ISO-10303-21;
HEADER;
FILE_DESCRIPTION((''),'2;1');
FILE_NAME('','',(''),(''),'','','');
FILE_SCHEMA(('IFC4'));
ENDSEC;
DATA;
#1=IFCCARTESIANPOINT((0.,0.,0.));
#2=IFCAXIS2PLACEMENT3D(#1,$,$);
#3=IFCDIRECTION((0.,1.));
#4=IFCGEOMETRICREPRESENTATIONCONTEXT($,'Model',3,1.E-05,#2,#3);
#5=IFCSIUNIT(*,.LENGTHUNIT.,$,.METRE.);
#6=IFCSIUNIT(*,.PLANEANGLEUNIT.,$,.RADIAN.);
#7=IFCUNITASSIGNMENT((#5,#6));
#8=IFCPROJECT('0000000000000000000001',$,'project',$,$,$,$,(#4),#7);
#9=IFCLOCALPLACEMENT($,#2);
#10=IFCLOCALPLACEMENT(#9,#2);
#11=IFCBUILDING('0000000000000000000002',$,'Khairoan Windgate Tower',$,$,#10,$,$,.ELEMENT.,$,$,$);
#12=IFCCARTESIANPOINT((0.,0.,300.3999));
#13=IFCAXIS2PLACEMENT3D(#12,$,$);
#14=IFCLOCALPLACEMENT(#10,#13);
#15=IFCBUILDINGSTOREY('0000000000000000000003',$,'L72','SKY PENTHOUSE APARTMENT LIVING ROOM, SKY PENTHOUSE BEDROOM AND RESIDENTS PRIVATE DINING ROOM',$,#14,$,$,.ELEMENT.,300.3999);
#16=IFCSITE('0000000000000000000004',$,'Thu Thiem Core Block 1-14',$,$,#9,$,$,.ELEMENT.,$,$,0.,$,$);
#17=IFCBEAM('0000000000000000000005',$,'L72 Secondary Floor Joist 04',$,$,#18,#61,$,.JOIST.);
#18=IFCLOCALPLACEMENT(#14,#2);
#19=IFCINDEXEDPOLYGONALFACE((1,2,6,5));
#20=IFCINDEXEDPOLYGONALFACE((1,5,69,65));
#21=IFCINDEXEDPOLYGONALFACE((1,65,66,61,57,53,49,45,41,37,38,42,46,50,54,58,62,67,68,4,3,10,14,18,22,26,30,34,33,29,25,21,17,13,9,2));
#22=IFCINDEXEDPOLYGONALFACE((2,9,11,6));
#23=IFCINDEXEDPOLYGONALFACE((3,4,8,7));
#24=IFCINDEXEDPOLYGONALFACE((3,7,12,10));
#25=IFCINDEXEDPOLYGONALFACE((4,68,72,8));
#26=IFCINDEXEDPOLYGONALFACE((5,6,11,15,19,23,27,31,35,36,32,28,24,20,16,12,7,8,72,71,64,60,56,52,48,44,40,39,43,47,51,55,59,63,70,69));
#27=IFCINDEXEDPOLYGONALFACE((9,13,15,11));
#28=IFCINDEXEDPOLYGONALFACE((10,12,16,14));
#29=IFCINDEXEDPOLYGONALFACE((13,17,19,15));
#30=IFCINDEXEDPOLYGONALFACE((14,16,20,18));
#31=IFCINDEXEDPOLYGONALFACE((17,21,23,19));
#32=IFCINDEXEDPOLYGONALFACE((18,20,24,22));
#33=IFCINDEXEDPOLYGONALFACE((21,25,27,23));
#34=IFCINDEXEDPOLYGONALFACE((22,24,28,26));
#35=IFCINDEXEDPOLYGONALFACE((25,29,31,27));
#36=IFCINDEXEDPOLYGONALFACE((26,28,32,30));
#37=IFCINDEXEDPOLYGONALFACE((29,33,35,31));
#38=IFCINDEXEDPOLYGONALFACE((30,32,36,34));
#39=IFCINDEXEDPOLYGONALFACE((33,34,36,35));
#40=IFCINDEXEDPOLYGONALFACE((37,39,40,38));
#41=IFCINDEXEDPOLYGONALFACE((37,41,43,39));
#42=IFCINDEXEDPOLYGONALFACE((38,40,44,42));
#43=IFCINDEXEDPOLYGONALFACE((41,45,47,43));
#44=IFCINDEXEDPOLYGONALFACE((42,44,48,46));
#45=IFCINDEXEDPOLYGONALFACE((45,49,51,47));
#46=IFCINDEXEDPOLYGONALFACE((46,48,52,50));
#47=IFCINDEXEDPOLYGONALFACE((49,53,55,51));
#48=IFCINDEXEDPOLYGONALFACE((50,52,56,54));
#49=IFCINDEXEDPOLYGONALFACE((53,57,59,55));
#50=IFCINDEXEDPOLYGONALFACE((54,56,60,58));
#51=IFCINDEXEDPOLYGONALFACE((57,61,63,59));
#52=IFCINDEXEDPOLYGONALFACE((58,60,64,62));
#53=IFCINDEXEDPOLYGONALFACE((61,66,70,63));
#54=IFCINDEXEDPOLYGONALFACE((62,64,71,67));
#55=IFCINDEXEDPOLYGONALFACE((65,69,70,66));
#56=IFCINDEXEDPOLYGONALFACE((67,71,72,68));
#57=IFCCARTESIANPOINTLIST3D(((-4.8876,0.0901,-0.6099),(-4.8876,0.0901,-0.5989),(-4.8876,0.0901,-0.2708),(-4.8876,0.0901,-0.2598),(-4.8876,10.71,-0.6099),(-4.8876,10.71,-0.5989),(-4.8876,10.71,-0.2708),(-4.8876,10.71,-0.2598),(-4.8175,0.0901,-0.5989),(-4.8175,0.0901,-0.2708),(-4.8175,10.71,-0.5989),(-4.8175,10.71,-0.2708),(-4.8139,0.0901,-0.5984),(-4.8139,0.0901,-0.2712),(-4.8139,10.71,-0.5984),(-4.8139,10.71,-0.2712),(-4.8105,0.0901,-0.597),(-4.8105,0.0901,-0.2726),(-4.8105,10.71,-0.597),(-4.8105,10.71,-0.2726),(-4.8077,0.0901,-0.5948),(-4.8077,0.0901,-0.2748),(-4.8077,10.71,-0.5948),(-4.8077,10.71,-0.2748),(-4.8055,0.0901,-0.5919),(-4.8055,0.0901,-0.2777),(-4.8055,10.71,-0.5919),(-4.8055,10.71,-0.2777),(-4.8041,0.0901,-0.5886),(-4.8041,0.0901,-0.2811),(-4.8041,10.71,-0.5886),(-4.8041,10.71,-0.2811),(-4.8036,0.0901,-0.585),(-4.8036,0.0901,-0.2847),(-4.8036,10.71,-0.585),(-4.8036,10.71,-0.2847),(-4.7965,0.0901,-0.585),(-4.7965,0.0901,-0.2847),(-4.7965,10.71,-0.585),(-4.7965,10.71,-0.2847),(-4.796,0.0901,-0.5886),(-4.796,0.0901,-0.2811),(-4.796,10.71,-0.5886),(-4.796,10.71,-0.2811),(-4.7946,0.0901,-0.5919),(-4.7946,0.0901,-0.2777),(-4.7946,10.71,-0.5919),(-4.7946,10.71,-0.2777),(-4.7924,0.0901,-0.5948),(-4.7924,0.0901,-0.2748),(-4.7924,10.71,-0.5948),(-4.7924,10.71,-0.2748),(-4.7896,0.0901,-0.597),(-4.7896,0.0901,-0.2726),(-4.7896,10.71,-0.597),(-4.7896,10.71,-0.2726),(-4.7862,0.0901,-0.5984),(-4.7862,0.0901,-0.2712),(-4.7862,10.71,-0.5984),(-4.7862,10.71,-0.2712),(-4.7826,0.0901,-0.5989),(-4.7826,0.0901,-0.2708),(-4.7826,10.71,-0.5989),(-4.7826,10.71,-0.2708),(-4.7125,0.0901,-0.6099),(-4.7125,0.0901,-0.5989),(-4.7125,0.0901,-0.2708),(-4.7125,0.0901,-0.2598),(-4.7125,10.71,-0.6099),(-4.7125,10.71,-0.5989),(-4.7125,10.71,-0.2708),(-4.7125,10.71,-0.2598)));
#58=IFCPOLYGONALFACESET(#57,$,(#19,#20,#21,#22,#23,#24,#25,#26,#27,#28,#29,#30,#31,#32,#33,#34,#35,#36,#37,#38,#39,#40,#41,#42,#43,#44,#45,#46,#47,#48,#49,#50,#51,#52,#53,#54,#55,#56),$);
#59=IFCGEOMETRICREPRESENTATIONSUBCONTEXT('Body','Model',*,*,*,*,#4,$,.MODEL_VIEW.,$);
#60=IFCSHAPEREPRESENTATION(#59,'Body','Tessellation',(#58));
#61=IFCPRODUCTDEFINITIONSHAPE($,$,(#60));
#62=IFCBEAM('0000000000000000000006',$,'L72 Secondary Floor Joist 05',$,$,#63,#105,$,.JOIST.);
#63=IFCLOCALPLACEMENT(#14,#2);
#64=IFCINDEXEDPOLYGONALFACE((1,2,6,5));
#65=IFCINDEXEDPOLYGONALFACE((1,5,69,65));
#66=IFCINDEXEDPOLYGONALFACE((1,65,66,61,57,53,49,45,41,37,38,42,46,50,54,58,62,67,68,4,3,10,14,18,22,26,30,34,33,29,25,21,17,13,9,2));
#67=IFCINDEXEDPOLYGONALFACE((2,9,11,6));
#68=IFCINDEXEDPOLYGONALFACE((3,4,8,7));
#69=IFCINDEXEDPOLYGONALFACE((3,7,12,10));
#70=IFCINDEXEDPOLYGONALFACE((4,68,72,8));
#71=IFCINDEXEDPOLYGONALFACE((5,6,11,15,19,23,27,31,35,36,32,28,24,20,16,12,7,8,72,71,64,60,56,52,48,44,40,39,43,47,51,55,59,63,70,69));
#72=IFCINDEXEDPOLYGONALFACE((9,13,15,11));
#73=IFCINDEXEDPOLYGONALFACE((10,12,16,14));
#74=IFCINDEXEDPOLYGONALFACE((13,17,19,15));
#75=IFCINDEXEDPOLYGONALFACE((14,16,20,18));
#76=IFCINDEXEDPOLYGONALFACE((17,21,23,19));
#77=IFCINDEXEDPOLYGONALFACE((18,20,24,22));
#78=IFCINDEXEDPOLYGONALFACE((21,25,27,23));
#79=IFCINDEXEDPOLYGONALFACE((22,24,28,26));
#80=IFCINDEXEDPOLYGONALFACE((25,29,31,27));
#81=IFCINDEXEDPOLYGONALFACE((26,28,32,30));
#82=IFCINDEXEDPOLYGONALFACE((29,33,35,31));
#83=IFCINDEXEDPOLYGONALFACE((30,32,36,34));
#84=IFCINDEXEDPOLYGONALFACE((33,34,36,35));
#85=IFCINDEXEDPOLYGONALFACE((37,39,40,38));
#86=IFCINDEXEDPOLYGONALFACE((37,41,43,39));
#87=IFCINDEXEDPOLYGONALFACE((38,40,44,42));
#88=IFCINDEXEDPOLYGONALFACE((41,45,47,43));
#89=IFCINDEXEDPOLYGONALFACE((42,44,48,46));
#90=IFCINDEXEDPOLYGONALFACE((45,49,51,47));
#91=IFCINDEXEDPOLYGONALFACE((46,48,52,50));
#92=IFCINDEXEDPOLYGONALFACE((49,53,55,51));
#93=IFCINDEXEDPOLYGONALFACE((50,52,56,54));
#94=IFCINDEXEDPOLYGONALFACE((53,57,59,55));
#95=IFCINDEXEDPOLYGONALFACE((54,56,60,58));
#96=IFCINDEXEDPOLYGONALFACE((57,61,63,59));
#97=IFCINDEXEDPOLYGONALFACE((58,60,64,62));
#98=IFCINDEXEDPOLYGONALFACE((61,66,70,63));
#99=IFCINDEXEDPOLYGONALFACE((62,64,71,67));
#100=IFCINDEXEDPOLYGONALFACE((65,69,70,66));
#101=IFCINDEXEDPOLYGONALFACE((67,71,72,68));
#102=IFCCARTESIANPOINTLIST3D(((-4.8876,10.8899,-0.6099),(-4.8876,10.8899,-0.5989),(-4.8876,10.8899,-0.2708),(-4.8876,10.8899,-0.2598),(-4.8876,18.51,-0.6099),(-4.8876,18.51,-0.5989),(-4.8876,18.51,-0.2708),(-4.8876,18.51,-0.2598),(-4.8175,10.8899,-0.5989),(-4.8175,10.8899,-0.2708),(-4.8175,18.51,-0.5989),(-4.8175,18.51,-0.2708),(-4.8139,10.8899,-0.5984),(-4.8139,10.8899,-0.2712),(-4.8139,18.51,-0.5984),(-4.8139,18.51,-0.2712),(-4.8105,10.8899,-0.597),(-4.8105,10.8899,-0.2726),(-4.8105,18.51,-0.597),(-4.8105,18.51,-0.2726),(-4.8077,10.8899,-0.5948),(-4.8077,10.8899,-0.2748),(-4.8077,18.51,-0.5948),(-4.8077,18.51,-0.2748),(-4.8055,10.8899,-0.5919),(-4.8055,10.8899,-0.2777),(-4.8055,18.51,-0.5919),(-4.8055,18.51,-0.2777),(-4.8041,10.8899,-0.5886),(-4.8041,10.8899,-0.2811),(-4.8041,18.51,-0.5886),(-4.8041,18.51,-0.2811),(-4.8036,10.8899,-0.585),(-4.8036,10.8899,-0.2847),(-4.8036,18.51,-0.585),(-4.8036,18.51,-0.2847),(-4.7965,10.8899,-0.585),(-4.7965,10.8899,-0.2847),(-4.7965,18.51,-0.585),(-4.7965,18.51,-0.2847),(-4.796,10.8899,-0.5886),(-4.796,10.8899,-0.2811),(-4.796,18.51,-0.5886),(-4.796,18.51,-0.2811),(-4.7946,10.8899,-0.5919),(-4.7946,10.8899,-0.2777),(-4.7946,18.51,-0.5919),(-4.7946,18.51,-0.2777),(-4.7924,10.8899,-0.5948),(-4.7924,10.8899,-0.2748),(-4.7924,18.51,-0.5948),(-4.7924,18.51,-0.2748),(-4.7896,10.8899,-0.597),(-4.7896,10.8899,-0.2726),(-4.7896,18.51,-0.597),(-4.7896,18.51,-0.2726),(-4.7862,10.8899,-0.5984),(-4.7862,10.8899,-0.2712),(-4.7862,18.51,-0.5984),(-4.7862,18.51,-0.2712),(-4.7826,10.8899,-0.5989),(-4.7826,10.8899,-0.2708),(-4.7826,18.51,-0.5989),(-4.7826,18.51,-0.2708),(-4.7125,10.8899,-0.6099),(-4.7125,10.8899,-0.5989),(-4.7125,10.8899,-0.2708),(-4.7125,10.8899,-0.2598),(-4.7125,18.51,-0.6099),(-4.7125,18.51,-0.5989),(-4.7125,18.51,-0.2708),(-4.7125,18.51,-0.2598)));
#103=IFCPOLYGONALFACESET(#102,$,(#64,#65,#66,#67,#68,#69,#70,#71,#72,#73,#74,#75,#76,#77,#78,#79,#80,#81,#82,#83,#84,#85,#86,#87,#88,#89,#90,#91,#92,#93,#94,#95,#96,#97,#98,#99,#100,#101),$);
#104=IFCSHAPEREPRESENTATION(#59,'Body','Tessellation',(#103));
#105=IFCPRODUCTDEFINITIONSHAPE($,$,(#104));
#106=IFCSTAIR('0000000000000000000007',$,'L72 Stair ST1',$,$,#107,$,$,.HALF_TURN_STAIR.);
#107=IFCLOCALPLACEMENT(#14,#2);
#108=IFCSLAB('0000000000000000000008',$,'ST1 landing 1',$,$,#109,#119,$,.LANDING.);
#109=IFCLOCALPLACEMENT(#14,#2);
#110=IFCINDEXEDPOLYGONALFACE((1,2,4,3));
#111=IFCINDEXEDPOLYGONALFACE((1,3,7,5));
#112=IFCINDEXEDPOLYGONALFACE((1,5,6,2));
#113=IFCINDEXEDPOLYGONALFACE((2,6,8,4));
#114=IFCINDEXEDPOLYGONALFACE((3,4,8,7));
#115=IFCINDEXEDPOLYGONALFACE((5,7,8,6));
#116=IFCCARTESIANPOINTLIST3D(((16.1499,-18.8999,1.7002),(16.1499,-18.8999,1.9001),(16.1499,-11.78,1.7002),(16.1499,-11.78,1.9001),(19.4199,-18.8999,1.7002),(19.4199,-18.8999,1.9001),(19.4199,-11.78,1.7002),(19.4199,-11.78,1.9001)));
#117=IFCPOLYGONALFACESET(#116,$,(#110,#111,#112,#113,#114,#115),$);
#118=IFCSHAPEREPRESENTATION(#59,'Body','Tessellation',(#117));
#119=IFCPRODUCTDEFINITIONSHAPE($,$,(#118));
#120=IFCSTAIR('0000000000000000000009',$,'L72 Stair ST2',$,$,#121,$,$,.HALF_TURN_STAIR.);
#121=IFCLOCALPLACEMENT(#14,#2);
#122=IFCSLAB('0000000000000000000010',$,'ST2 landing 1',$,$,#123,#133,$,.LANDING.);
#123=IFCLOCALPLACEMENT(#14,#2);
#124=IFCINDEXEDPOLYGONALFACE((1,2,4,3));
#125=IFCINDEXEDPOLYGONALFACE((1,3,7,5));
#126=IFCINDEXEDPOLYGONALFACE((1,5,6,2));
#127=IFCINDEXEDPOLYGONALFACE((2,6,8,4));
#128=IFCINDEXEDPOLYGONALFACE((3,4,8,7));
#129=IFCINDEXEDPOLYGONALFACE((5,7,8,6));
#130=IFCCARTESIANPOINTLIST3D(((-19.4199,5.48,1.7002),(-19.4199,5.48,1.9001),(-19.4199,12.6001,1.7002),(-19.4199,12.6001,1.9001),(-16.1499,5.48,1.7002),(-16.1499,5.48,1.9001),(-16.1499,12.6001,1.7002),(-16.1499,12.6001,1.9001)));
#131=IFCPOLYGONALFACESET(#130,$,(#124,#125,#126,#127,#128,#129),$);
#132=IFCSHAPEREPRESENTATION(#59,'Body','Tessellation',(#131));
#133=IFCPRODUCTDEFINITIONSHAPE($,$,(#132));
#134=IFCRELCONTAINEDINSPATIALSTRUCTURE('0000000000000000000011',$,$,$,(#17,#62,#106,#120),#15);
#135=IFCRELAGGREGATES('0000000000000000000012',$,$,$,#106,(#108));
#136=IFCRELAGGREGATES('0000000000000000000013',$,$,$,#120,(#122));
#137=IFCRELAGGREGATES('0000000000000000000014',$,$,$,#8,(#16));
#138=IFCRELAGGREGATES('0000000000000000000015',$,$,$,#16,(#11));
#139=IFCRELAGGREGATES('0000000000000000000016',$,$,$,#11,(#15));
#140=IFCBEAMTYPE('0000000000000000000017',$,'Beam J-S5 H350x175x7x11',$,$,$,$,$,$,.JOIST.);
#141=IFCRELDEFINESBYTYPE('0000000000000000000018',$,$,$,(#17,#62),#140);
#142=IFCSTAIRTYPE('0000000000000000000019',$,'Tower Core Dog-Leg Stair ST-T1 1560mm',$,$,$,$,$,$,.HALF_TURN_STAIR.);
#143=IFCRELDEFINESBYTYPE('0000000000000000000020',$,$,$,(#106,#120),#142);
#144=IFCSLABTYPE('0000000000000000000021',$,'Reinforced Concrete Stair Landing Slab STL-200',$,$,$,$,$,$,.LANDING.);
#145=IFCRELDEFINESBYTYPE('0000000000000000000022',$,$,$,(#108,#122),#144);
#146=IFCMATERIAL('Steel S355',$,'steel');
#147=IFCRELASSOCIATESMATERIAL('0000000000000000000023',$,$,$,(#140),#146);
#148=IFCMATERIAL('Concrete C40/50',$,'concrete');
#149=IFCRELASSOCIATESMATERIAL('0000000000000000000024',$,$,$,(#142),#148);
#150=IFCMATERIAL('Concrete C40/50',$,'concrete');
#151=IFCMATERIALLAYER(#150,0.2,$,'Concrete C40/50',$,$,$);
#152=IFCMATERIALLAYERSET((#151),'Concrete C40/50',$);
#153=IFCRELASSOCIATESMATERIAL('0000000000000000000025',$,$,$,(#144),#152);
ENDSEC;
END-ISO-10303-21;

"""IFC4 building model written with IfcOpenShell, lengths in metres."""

from ifc_helpers import new_model, si_unit, direction, frame, origin, origin_2d, place, context, subcontext, project, spatial, polyline, i_section, outline, extrude, material, layer, layer_set, material_profile, profile_set, type_object, element, aggregate, save


model = new_model("IFC4")

# Units and contexts
model_context = context("Model", 3, precision=1e-05, world=origin(), true_north=direction((0.0, 1.0)))
body_context = subcontext(model_context, "Body", "Model", "MODEL_VIEW")
ifc_project = project(units=[si_unit("LENGTHUNIT", "METRE"), si_unit("PLANEANGLEUNIT", "RADIAN")], contexts=[model_context])

# Site, building, storey
site_placement = place(None, origin())
site = spatial("IfcSite", under=ifc_project, at=site_placement, Name="Thu Thiem Core Block 1-14", CompositionType="ELEMENT", RefElevation=0.0)
building_placement = place(site_placement, origin())
building = spatial("IfcBuilding", under=site, at=building_placement, Name="Khairoan Windgate Tower", CompositionType="ELEMENT")
storey_placement = place(building_placement, frame((0.0, 0.0, 300.3999)))
storey = spatial("IfcBuildingStorey", under=building, at=storey_placement, Name="L72", Description="SKY PENTHOUSE APARTMENT LIVING ROOM, SKY PENTHOUSE BEDROOM AND RESIDENTS PRIVATE DINING ROOM", CompositionType="ELEMENT", Elevation=300.3999)

# Beams
ifc_material_1 = material(Name="Steel S355", Category="steel")
ifc_material_profile = material_profile(ifc_material_1, i_section(OverallWidth=0.175, OverallDepth=0.3501, WebThickness=0.0071, FlangeThickness=0.011, FilletRadius=0.0139, at=origin_2d()))
ifc_profile_set = profile_set([ifc_material_profile], Name="Steel S355")
beam_type = type_object("IfcBeamType", Name="Beam J-S5 H350x175x7x11", PredefinedType="JOIST", material=ifc_profile_set)
beam_1_placement = place(storey_placement, frame((-4.8, 0.0901, -0.4348), z_axis=(0.0, 1.0, 0.0), x_axis=(-1.0, 0.0, 0.0)))
element("IfcBeam", 1, at=beam_1_placement, inside=storey, type_object=beam_type, Name="L72 Secondary Floor Joist 04", PredefinedType="JOIST", context=body_context, shape_type="SweptSolid", body=[
    extrude(i_section(OverallWidth=0.175, OverallDepth=0.3501, WebThickness=0.0071, FlangeThickness=0.011, FilletRadius=0.0139, at=origin_2d()), origin(), (0.0, 0.0, 1.0), 10.6199),
])
beam_2_placement = place(storey_placement, frame((-4.8, 10.8899, -0.4348), z_axis=(0.0, 1.0, 0.0), x_axis=(-1.0, 0.0, 0.0)))
element("IfcBeam", 2, at=beam_2_placement, inside=storey, type_object=beam_type, Name="L72 Secondary Floor Joist 05", PredefinedType="JOIST", context=body_context, shape_type="SweptSolid", body=[
    extrude(i_section(OverallWidth=0.175, OverallDepth=0.3501, WebThickness=0.0071, FlangeThickness=0.011, FilletRadius=0.0139, at=origin_2d()), origin(), (0.0, 0.0, 1.0), 7.6201),
])

# Stairs, slabs
ifc_material_2 = material(Name="Concrete C40/50", Category="concrete")
stair_type = type_object("IfcStairType", Name="Tower Core Dog-Leg Stair ST-T1 1560mm", PredefinedType="HALF_TURN_STAIR", material=ifc_material_2)
stair_1_placement = place(storey_placement, origin())
stair_1 = element("IfcStair", 3, at=stair_1_placement, inside=storey, type_object=stair_type, Name="L72 Stair ST1", PredefinedType="HALF_TURN_STAIR")
ifc_material_3 = material(Name="Concrete C40/50", Category="concrete")
ifc_layer_1 = layer(ifc_material_3, 0.2, Name="Concrete C40/50")
ifc_layer_set_1 = layer_set([ifc_layer_1], Name="Concrete C40/50")
slab_type_1 = type_object("IfcSlabType", Name="Reinforced Concrete Stair Landing Slab STL-200", PredefinedType="LANDING", material=ifc_layer_set_1)
slab_1_placement = place(storey_placement, frame((0.0, 0.0, 1.7002)))
slab_1 = element("IfcSlab", 4, at=slab_1_placement, type_object=slab_type_1, Name="ST1 landing 1", PredefinedType="LANDING", context=body_context, shape_type="SweptSolid", body=[
    extrude(outline(polyline([(16.1499, -11.78), (16.1499, -18.8999), (19.4199, -18.8999), (19.4199, -11.78), (16.1499, -11.78)])), origin(), (0.0, 0.0, 1.0), 0.2),
])
aggregate(stair_1, [slab_1])
stair_2_placement = place(storey_placement, origin())
stair_2 = element("IfcStair", 5, at=stair_2_placement, inside=storey, type_object=stair_type, Name="L72 Stair ST2", PredefinedType="HALF_TURN_STAIR")
slab_2_placement = place(storey_placement, frame((0.0, 0.0, 1.7002)))
slab_2 = element("IfcSlab", 6, at=slab_2_placement, type_object=slab_type_1, Name="ST2 landing 1", PredefinedType="LANDING", context=body_context, shape_type="SweptSolid", body=[
    extrude(outline(polyline([(-16.1499, 5.48), (-16.1499, 12.6001), (-19.4199, 12.6001), (-19.4199, 5.48), (-16.1499, 5.48)])), origin(), (0.0, 0.0, 1.0), 0.2),
])
aggregate(stair_2, [slab_2])

save(model, "model.ifc")
